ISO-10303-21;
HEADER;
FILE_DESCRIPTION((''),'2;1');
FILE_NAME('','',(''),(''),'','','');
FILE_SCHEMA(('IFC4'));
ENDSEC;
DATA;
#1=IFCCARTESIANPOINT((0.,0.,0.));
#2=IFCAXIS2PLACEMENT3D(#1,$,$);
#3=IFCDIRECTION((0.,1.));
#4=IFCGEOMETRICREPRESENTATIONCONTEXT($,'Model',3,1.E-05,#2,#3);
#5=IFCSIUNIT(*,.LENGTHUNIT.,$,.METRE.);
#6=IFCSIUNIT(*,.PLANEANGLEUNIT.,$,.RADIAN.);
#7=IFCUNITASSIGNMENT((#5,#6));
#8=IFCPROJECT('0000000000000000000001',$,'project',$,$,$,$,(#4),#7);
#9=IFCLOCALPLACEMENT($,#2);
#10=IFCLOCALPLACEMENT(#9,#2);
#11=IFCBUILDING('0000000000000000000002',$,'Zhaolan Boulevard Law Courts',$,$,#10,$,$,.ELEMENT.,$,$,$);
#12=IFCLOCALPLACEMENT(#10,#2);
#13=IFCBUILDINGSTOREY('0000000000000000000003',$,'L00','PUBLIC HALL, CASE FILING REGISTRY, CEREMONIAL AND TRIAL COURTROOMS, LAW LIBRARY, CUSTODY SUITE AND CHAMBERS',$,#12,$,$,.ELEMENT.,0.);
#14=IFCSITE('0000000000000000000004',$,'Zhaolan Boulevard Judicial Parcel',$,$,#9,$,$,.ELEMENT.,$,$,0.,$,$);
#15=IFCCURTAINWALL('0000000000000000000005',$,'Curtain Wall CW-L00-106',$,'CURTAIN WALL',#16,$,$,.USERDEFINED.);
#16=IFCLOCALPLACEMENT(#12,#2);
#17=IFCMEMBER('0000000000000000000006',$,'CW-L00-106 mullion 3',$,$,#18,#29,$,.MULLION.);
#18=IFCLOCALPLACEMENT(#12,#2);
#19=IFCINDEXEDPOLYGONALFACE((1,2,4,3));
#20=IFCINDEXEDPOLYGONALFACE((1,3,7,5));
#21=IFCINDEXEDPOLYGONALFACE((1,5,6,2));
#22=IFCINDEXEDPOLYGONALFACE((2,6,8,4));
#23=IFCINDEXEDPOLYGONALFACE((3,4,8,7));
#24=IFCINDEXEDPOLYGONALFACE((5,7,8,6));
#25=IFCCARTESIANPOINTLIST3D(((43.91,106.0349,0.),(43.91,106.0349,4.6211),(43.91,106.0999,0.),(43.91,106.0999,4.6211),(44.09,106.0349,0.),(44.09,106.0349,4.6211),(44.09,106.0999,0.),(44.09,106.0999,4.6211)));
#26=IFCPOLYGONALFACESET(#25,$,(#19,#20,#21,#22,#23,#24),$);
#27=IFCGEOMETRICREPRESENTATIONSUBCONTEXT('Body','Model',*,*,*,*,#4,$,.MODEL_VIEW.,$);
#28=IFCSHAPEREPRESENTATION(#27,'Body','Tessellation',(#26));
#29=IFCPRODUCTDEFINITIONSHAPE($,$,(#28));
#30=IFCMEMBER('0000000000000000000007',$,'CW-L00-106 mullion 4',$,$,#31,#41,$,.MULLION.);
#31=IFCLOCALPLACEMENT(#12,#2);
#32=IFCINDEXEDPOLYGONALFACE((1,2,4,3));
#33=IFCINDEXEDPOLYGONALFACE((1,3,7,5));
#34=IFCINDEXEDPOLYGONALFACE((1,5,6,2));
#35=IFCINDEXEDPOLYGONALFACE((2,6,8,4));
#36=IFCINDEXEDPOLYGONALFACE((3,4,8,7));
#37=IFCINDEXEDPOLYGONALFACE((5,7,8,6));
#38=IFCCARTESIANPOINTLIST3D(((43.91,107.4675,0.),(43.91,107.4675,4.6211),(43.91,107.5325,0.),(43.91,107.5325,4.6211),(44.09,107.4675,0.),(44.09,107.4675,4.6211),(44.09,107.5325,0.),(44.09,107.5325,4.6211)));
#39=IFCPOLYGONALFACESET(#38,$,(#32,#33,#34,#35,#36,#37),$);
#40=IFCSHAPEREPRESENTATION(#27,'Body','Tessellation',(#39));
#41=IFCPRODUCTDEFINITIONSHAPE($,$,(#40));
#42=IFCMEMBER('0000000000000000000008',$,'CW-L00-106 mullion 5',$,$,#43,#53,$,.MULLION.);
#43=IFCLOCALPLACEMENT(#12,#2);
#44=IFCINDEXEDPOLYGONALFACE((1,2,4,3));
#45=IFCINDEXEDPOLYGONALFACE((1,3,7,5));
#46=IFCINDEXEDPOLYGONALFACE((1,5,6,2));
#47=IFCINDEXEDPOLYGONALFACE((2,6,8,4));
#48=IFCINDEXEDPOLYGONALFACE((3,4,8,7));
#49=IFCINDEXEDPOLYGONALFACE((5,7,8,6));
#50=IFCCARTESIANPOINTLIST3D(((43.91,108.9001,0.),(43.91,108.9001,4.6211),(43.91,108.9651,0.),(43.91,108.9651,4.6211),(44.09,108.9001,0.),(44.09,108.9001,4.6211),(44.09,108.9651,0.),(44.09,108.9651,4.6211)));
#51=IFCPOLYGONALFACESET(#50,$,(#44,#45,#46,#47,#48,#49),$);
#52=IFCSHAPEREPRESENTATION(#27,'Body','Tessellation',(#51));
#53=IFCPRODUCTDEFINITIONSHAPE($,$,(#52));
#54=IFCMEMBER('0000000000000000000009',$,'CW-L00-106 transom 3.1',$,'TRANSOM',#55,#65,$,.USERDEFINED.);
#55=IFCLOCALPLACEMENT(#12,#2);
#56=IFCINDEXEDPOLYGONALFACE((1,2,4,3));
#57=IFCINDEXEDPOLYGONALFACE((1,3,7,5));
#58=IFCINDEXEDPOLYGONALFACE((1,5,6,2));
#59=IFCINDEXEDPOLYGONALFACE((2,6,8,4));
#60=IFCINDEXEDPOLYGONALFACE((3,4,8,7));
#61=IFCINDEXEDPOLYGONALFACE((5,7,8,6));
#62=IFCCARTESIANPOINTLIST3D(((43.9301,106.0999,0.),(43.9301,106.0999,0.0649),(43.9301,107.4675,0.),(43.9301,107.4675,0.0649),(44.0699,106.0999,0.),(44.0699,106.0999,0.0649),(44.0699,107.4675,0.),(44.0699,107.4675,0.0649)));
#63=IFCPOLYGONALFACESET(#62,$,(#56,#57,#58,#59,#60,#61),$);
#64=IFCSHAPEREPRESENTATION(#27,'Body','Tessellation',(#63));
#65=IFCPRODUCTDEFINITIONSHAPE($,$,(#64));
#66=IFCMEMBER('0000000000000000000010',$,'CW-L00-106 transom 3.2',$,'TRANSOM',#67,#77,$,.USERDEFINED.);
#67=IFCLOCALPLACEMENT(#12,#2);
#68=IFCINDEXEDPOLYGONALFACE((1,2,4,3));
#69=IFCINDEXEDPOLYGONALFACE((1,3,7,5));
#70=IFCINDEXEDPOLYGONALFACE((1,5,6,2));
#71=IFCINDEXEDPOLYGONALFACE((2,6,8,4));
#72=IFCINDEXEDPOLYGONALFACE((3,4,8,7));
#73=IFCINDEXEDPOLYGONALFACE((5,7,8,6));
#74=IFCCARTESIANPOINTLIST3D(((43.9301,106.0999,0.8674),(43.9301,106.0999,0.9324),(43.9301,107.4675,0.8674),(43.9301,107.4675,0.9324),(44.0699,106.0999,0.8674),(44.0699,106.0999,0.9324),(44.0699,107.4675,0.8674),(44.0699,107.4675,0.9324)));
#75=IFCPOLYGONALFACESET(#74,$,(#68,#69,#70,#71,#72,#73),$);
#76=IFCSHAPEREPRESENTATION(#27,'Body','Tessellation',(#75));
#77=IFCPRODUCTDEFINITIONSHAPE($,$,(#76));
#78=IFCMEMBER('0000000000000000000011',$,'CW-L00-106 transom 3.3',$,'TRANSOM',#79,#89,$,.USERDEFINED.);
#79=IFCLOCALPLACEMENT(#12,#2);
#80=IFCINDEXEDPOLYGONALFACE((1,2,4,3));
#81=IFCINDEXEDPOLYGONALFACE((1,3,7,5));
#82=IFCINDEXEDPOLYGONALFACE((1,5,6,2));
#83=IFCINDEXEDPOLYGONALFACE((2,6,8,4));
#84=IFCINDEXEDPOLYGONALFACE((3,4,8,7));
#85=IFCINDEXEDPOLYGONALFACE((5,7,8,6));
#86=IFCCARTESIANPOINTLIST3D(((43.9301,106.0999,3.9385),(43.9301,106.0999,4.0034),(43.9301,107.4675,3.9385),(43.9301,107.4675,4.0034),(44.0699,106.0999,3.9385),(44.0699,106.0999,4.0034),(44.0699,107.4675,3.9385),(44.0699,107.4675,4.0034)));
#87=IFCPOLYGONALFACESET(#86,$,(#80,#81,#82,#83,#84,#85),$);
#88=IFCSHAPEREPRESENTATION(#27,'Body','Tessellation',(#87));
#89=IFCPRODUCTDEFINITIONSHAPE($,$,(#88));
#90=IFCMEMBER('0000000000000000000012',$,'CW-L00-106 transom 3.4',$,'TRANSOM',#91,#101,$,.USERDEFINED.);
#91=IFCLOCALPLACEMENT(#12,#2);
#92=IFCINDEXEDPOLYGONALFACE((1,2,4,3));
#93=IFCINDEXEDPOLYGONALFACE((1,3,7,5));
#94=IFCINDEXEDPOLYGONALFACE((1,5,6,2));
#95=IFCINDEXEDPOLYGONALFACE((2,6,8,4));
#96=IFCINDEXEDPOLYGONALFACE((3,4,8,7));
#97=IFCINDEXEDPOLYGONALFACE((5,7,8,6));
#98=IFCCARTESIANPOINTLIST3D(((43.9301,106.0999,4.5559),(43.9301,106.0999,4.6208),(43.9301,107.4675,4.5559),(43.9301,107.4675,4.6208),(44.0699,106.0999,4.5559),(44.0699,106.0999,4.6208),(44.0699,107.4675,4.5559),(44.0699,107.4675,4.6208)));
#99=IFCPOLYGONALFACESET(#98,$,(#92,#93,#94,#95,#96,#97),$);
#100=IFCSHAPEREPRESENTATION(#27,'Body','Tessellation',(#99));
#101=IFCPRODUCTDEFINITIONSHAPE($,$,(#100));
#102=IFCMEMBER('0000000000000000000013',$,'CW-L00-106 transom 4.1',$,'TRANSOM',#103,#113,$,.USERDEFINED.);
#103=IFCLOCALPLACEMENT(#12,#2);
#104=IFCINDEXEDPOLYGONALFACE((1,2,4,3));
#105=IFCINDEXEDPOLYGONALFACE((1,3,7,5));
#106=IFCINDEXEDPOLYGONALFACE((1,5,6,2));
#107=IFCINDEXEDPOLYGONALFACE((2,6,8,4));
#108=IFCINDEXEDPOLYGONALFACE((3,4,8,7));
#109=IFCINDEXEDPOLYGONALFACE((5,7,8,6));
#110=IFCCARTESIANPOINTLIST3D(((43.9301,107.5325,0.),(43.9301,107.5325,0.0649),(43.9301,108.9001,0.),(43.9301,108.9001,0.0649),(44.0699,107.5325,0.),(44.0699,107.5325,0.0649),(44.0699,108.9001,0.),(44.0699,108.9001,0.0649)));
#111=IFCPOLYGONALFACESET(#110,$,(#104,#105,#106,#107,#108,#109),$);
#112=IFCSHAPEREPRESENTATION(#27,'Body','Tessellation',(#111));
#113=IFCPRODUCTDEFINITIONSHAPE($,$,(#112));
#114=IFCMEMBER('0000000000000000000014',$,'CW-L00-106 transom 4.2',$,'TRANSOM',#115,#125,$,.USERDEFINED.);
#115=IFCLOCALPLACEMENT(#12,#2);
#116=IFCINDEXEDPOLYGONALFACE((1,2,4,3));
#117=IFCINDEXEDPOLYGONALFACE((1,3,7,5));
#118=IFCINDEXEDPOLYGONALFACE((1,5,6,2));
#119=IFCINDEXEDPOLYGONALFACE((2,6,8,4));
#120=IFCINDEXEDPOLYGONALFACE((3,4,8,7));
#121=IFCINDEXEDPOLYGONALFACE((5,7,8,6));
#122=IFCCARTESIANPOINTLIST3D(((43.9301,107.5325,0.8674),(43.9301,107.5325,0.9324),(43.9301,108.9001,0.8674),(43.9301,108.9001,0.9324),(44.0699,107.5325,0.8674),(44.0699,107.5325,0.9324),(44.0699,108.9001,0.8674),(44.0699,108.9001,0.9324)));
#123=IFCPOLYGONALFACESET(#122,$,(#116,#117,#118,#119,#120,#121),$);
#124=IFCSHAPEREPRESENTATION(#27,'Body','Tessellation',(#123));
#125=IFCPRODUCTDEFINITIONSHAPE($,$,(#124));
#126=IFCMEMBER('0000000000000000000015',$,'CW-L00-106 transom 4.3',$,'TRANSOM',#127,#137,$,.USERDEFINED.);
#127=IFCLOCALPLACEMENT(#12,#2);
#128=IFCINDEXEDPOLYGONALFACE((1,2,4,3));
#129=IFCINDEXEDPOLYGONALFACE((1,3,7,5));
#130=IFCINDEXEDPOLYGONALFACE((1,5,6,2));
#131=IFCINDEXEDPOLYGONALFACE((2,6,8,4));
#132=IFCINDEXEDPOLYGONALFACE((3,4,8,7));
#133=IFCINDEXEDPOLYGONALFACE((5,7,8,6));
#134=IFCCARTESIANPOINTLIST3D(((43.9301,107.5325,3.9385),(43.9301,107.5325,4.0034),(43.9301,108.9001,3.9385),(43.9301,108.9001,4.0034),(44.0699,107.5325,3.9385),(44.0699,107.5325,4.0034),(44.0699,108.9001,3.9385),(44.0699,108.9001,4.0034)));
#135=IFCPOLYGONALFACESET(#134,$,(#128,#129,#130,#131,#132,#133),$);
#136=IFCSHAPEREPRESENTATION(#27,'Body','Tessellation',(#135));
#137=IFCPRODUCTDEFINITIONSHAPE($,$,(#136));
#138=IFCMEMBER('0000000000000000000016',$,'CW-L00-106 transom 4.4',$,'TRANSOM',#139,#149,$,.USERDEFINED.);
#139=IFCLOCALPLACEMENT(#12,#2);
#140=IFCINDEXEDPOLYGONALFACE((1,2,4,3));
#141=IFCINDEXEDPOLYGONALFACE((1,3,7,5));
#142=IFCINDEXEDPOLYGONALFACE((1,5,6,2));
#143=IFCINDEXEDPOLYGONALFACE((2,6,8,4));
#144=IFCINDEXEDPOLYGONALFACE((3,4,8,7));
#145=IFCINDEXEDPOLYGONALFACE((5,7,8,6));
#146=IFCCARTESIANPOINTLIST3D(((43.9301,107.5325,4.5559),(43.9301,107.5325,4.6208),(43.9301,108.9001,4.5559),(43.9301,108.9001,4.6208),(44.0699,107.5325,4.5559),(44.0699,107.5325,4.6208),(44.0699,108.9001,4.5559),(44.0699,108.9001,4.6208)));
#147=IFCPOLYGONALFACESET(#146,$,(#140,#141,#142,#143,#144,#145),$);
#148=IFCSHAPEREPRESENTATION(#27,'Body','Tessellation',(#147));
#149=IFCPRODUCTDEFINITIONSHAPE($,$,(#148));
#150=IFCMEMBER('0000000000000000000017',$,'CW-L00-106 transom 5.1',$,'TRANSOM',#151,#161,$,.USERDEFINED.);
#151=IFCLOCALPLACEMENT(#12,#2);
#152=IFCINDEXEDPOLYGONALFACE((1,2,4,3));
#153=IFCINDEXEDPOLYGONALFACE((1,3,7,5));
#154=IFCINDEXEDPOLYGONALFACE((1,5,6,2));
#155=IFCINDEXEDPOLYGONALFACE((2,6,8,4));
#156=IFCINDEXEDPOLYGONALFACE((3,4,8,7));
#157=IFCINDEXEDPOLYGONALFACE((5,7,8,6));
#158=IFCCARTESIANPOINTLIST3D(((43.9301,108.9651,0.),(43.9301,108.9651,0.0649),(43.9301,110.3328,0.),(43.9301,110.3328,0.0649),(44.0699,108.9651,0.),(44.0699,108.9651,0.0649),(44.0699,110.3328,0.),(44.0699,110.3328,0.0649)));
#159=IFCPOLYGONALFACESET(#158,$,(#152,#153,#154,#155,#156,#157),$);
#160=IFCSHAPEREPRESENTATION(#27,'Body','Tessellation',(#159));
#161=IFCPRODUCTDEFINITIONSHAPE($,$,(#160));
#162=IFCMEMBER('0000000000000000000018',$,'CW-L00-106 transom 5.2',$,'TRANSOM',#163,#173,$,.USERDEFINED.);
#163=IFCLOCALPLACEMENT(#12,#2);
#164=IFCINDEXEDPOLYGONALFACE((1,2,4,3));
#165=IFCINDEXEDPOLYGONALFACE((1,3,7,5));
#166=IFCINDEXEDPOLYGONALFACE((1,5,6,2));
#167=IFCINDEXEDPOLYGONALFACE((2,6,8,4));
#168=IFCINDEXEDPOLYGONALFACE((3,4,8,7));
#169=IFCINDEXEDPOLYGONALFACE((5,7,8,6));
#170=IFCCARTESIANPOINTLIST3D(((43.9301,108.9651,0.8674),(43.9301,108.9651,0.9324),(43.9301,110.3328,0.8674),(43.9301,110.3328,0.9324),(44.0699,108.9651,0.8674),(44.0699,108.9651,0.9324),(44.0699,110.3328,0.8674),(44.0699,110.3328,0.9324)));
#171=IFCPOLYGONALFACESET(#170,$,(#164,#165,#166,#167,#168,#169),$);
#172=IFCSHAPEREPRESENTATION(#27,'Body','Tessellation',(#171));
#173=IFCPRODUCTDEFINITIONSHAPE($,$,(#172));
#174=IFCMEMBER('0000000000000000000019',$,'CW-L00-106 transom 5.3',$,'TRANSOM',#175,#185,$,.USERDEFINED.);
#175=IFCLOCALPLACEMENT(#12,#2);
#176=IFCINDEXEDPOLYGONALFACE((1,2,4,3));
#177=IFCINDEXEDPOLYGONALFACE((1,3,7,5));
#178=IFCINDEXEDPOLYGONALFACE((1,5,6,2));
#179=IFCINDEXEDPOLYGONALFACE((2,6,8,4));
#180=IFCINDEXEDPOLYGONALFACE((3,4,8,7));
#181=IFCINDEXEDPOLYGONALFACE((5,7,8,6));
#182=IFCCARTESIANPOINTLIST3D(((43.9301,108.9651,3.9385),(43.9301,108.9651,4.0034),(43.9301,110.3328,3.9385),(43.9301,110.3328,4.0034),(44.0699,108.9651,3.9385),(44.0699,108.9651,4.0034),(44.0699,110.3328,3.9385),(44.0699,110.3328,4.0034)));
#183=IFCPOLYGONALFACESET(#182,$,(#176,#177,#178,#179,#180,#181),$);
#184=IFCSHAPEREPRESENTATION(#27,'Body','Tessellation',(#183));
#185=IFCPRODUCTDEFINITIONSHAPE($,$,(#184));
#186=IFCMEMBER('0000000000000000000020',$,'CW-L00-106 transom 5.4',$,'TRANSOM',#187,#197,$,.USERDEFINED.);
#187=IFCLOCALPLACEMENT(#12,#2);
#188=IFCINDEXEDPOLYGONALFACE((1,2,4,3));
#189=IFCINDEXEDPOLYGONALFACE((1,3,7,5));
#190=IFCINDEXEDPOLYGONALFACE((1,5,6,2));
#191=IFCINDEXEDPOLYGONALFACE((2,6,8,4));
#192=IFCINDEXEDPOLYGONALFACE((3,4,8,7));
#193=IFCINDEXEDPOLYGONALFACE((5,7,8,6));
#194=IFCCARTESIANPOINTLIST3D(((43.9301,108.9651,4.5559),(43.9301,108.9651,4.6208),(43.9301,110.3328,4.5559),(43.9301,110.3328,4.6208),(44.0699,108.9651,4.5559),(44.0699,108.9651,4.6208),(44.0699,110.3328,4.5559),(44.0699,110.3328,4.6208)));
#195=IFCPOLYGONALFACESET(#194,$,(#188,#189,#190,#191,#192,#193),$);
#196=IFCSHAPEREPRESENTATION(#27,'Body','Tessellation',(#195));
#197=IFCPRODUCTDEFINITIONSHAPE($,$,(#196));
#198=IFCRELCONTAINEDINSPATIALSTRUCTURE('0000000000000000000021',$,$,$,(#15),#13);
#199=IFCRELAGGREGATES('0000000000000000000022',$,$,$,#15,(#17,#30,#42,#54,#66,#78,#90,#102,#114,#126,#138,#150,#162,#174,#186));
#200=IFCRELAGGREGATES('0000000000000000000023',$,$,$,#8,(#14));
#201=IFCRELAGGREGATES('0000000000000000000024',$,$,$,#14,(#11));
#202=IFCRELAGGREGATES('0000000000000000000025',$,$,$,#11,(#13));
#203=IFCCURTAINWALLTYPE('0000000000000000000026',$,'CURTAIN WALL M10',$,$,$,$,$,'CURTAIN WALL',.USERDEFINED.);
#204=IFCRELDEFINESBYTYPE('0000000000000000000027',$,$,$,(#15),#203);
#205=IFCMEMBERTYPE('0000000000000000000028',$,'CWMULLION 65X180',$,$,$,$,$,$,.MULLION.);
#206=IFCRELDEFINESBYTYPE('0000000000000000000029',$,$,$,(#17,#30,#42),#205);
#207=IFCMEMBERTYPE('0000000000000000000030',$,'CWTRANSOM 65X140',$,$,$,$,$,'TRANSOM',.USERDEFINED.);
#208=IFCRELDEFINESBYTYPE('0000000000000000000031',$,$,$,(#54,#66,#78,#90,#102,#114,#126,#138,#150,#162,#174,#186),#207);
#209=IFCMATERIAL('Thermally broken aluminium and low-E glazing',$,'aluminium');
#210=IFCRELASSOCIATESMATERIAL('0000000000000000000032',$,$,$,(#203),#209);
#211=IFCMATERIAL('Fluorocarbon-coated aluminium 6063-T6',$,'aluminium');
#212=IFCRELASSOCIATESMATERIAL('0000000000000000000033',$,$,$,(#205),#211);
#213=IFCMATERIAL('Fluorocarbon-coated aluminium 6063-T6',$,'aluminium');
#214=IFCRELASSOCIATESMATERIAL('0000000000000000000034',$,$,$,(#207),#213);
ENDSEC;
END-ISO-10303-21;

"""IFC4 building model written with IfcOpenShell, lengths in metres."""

from ifc_helpers import new_model, si_unit, direction, frame, origin, origin_2d, place, context, subcontext, project, spatial, rectangle, extrude, material, material_profile, profile_set, type_object, element, aggregate, save


model = new_model("IFC4")

# Units and contexts
model_context = context("Model", 3, precision=1e-05, world=origin(), true_north=direction((0.0, 1.0)))
body_context = subcontext(model_context, "Body", "Model", "MODEL_VIEW")
ifc_project = project(units=[si_unit("LENGTHUNIT", "METRE"), si_unit("PLANEANGLEUNIT", "RADIAN")], contexts=[model_context])

# Site, building, storey
site_placement = place(None, origin())
site = spatial("IfcSite", under=ifc_project, at=site_placement, Name="Zhaolan Boulevard Judicial Parcel", CompositionType="ELEMENT", RefElevation=0.0)
building_placement = place(site_placement, origin())
building = spatial("IfcBuilding", under=site, at=building_placement, Name="Zhaolan Boulevard Law Courts", CompositionType="ELEMENT")
storey_placement = place(building_placement, origin())
storey = spatial("IfcBuildingStorey", under=building, at=storey_placement, Name="L00", Description="PUBLIC HALL, CASE FILING REGISTRY, CEREMONIAL AND TRIAL COURTROOMS, LAW LIBRARY, CUSTODY SUITE AND CHAMBERS", CompositionType="ELEMENT", Elevation=0.0)

# Curtain wall, members
ifc_material_1 = material(Name="Thermally broken aluminium and low-E glazing", Category="aluminium")
curtain_wall_type = type_object("IfcCurtainWallType", Name="CURTAIN WALL M10", ElementType="CURTAIN WALL", PredefinedType="USERDEFINED", material=ifc_material_1)
curtain_wall_placement = place(storey_placement, origin())
curtain_wall = element("IfcCurtainWall", 1, at=curtain_wall_placement, inside=storey, type_object=curtain_wall_type, Name="Curtain Wall CW-L00-106", ObjectType="CURTAIN WALL", PredefinedType="USERDEFINED")
ifc_material_2 = material(Name="Fluorocarbon-coated aluminium 6063-T6", Category="aluminium")
ifc_material_profile_1 = material_profile(ifc_material_2, rectangle(XDim=0.1799, YDim=0.0649, at=origin_2d()), Name="AL65x180")
ifc_profile_set_1 = profile_set([ifc_material_profile_1], Name="Fluorocarbon-coated aluminium 6063-T6")
member_type_1 = type_object("IfcMemberType", Name="CWMULLION 65X180", PredefinedType="MULLION", material=ifc_profile_set_1)
member_1_placement = place(storey_placement, frame((44.0, 106.0674, 0.0), z_axis=(0.0, 0.0, 1.0), x_axis=(-1.0, 0.0, 0.0)))
member_1 = element("IfcMember", 2, at=member_1_placement, type_object=member_type_1, Name="CW-L00-106 mullion 3", PredefinedType="MULLION", context=body_context, shape_type="SweptSolid", body=[
    extrude(rectangle(XDim=0.1799, YDim=0.0649, at=origin_2d()), origin(), (0.0, 0.0, 1.0), 4.6211),
])
member_2_placement = place(storey_placement, frame((44.0, 107.5, 0.0), z_axis=(0.0, 0.0, 1.0), x_axis=(-1.0, 0.0, 0.0)))
member_2 = element("IfcMember", 3, at=member_2_placement, type_object=member_type_1, Name="CW-L00-106 mullion 4", PredefinedType="MULLION", context=body_context, shape_type="SweptSolid", body=[
    extrude(rectangle(XDim=0.1799, YDim=0.0649, at=origin_2d()), origin(), (0.0, 0.0, 1.0), 4.6211),
])
member_3_placement = place(storey_placement, frame((44.0, 108.9326, 0.0), z_axis=(0.0, 0.0, 1.0), x_axis=(-1.0, 0.0, 0.0)))
member_3 = element("IfcMember", 4, at=member_3_placement, type_object=member_type_1, Name="CW-L00-106 mullion 5", PredefinedType="MULLION", context=body_context, shape_type="SweptSolid", body=[
    extrude(rectangle(XDim=0.1799, YDim=0.0649, at=origin_2d()), origin(), (0.0, 0.0, 1.0), 4.6211),
])
ifc_material_3 = material(Name="Fluorocarbon-coated aluminium 6063-T6", Category="aluminium")
ifc_material_profile_2 = material_profile(ifc_material_3, rectangle(XDim=0.1399, YDim=0.0649, at=origin_2d()), Name="AL65x140")
ifc_profile_set_2 = profile_set([ifc_material_profile_2], Name="Fluorocarbon-coated aluminium 6063-T6")
member_type_2 = type_object("IfcMemberType", Name="CWTRANSOM 65X140", ElementType="TRANSOM", PredefinedType="USERDEFINED", material=ifc_profile_set_2)
member_4_placement = place(storey_placement, frame((44.0, 106.0999, 0.0325), z_axis=(0.0, 1.0, 0.0), x_axis=(-1.0, 0.0, 0.0)))
member_4 = element("IfcMember", 5, at=member_4_placement, type_object=member_type_2, Name="CW-L00-106 transom 3.1", ObjectType="TRANSOM", PredefinedType="USERDEFINED", context=body_context, shape_type="SweptSolid", body=[
    extrude(rectangle(XDim=0.1399, YDim=0.0649, at=origin_2d()), origin(), (0.0, 0.0, 1.0), 1.3677),
])
member_5_placement = place(storey_placement, frame((44.0, 106.0999, 0.8999), z_axis=(0.0, 1.0, 0.0), x_axis=(-1.0, 0.0, 0.0)))
member_5 = element("IfcMember", 6, at=member_5_placement, type_object=member_type_2, Name="CW-L00-106 transom 3.2", ObjectType="TRANSOM", PredefinedType="USERDEFINED", context=body_context, shape_type="SweptSolid", body=[
    extrude(rectangle(XDim=0.1399, YDim=0.0649, at=origin_2d()), origin(), (0.0, 0.0, 1.0), 1.3677),
])
member_6_placement = place(storey_placement, frame((44.0, 106.0999, 3.9709), z_axis=(0.0, 1.0, 0.0), x_axis=(-1.0, 0.0, 0.0)))
member_6 = element("IfcMember", 7, at=member_6_placement, type_object=member_type_2, Name="CW-L00-106 transom 3.3", ObjectType="TRANSOM", PredefinedType="USERDEFINED", context=body_context, shape_type="SweptSolid", body=[
    extrude(rectangle(XDim=0.1399, YDim=0.0649, at=origin_2d()), origin(), (0.0, 0.0, 1.0), 1.3677),
])
member_7_placement = place(storey_placement, frame((44.0, 106.0999, 4.5884), z_axis=(0.0, 1.0, 0.0), x_axis=(-1.0, 0.0, 0.0)))
member_7 = element("IfcMember", 8, at=member_7_placement, type_object=member_type_2, Name="CW-L00-106 transom 3.4", ObjectType="TRANSOM", PredefinedType="USERDEFINED", context=body_context, shape_type="SweptSolid", body=[
    extrude(rectangle(XDim=0.1399, YDim=0.0649, at=origin_2d()), origin(), (0.0, 0.0, 1.0), 1.3677),
])
member_8_placement = place(storey_placement, frame((44.0, 107.5325, 0.0325), z_axis=(0.0, 1.0, 0.0), x_axis=(-1.0, 0.0, 0.0)))
member_8 = element("IfcMember", 9, at=member_8_placement, type_object=member_type_2, Name="CW-L00-106 transom 4.1", ObjectType="TRANSOM", PredefinedType="USERDEFINED", context=body_context, shape_type="SweptSolid", body=[
    extrude(rectangle(XDim=0.1399, YDim=0.0649, at=origin_2d()), origin(), (0.0, 0.0, 1.0), 1.3677),
])
member_9_placement = place(storey_placement, frame((44.0, 107.5325, 0.8999), z_axis=(0.0, 1.0, 0.0), x_axis=(-1.0, 0.0, 0.0)))
member_9 = element("IfcMember", 10, at=member_9_placement, type_object=member_type_2, Name="CW-L00-106 transom 4.2", ObjectType="TRANSOM", PredefinedType="USERDEFINED", context=body_context, shape_type="SweptSolid", body=[
    extrude(rectangle(XDim=0.1399, YDim=0.0649, at=origin_2d()), origin(), (0.0, 0.0, 1.0), 1.3677),
])
member_10_placement = place(storey_placement, frame((44.0, 107.5325, 3.9709), z_axis=(0.0, 1.0, 0.0), x_axis=(-1.0, 0.0, 0.0)))
member_10 = element("IfcMember", 11, at=member_10_placement, type_object=member_type_2, Name="CW-L00-106 transom 4.3", ObjectType="TRANSOM", PredefinedType="USERDEFINED", context=body_context, shape_type="SweptSolid", body=[
    extrude(rectangle(XDim=0.1399, YDim=0.0649, at=origin_2d()), origin(), (0.0, 0.0, 1.0), 1.3677),
])
member_11_placement = place(storey_placement, frame((44.0, 107.5325, 4.5884), z_axis=(0.0, 1.0, 0.0), x_axis=(-1.0, 0.0, 0.0)))
member_11 = element("IfcMember", 12, at=member_11_placement, type_object=member_type_2, Name="CW-L00-106 transom 4.4", ObjectType="TRANSOM", PredefinedType="USERDEFINED", context=body_context, shape_type="SweptSolid", body=[
    extrude(rectangle(XDim=0.1399, YDim=0.0649, at=origin_2d()), origin(), (0.0, 0.0, 1.0), 1.3677),
])
member_12_placement = place(storey_placement, frame((44.0, 108.9651, 0.0325), z_axis=(0.0, 1.0, 0.0), x_axis=(-1.0, 0.0, 0.0)))
member_12 = element("IfcMember", 13, at=member_12_placement, type_object=member_type_2, Name="CW-L00-106 transom 5.1", ObjectType="TRANSOM", PredefinedType="USERDEFINED", context=body_context, shape_type="SweptSolid", body=[
    extrude(rectangle(XDim=0.1399, YDim=0.0649, at=origin_2d()), origin(), (0.0, 0.0, 1.0), 1.3677),
])
member_13_placement = place(storey_placement, frame((44.0, 108.9651, 0.8999), z_axis=(0.0, 1.0, 0.0), x_axis=(-1.0, 0.0, 0.0)))
member_13 = element("IfcMember", 14, at=member_13_placement, type_object=member_type_2, Name="CW-L00-106 transom 5.2", ObjectType="TRANSOM", PredefinedType="USERDEFINED", context=body_context, shape_type="SweptSolid", body=[
    extrude(rectangle(XDim=0.1399, YDim=0.0649, at=origin_2d()), origin(), (0.0, 0.0, 1.0), 1.3677),
])
member_14_placement = place(storey_placement, frame((44.0, 108.9651, 3.9709), z_axis=(0.0, 1.0, 0.0), x_axis=(-1.0, 0.0, 0.0)))
member_14 = element("IfcMember", 15, at=member_14_placement, type_object=member_type_2, Name="CW-L00-106 transom 5.3", ObjectType="TRANSOM", PredefinedType="USERDEFINED", context=body_context, shape_type="SweptSolid", body=[
    extrude(rectangle(XDim=0.1399, YDim=0.0649, at=origin_2d()), origin(), (0.0, 0.0, 1.0), 1.3677),
])
member_15_placement = place(storey_placement, frame((44.0, 108.9651, 4.5884), z_axis=(0.0, 1.0, 0.0), x_axis=(-1.0, 0.0, 0.0)))
member_15 = element("IfcMember", 16, at=member_15_placement, type_object=member_type_2, Name="CW-L00-106 transom 5.4", ObjectType="TRANSOM", PredefinedType="USERDEFINED", context=body_context, shape_type="SweptSolid", body=[
    extrude(rectangle(XDim=0.1399, YDim=0.0649, at=origin_2d()), origin(), (0.0, 0.0, 1.0), 1.3677),
])
aggregate(curtain_wall, [member_1, member_2, member_3, member_4, member_5, member_6, member_7, member_8, member_9, member_10, member_11, member_12, member_13, member_14, member_15])

save(model, "model.ifc")
